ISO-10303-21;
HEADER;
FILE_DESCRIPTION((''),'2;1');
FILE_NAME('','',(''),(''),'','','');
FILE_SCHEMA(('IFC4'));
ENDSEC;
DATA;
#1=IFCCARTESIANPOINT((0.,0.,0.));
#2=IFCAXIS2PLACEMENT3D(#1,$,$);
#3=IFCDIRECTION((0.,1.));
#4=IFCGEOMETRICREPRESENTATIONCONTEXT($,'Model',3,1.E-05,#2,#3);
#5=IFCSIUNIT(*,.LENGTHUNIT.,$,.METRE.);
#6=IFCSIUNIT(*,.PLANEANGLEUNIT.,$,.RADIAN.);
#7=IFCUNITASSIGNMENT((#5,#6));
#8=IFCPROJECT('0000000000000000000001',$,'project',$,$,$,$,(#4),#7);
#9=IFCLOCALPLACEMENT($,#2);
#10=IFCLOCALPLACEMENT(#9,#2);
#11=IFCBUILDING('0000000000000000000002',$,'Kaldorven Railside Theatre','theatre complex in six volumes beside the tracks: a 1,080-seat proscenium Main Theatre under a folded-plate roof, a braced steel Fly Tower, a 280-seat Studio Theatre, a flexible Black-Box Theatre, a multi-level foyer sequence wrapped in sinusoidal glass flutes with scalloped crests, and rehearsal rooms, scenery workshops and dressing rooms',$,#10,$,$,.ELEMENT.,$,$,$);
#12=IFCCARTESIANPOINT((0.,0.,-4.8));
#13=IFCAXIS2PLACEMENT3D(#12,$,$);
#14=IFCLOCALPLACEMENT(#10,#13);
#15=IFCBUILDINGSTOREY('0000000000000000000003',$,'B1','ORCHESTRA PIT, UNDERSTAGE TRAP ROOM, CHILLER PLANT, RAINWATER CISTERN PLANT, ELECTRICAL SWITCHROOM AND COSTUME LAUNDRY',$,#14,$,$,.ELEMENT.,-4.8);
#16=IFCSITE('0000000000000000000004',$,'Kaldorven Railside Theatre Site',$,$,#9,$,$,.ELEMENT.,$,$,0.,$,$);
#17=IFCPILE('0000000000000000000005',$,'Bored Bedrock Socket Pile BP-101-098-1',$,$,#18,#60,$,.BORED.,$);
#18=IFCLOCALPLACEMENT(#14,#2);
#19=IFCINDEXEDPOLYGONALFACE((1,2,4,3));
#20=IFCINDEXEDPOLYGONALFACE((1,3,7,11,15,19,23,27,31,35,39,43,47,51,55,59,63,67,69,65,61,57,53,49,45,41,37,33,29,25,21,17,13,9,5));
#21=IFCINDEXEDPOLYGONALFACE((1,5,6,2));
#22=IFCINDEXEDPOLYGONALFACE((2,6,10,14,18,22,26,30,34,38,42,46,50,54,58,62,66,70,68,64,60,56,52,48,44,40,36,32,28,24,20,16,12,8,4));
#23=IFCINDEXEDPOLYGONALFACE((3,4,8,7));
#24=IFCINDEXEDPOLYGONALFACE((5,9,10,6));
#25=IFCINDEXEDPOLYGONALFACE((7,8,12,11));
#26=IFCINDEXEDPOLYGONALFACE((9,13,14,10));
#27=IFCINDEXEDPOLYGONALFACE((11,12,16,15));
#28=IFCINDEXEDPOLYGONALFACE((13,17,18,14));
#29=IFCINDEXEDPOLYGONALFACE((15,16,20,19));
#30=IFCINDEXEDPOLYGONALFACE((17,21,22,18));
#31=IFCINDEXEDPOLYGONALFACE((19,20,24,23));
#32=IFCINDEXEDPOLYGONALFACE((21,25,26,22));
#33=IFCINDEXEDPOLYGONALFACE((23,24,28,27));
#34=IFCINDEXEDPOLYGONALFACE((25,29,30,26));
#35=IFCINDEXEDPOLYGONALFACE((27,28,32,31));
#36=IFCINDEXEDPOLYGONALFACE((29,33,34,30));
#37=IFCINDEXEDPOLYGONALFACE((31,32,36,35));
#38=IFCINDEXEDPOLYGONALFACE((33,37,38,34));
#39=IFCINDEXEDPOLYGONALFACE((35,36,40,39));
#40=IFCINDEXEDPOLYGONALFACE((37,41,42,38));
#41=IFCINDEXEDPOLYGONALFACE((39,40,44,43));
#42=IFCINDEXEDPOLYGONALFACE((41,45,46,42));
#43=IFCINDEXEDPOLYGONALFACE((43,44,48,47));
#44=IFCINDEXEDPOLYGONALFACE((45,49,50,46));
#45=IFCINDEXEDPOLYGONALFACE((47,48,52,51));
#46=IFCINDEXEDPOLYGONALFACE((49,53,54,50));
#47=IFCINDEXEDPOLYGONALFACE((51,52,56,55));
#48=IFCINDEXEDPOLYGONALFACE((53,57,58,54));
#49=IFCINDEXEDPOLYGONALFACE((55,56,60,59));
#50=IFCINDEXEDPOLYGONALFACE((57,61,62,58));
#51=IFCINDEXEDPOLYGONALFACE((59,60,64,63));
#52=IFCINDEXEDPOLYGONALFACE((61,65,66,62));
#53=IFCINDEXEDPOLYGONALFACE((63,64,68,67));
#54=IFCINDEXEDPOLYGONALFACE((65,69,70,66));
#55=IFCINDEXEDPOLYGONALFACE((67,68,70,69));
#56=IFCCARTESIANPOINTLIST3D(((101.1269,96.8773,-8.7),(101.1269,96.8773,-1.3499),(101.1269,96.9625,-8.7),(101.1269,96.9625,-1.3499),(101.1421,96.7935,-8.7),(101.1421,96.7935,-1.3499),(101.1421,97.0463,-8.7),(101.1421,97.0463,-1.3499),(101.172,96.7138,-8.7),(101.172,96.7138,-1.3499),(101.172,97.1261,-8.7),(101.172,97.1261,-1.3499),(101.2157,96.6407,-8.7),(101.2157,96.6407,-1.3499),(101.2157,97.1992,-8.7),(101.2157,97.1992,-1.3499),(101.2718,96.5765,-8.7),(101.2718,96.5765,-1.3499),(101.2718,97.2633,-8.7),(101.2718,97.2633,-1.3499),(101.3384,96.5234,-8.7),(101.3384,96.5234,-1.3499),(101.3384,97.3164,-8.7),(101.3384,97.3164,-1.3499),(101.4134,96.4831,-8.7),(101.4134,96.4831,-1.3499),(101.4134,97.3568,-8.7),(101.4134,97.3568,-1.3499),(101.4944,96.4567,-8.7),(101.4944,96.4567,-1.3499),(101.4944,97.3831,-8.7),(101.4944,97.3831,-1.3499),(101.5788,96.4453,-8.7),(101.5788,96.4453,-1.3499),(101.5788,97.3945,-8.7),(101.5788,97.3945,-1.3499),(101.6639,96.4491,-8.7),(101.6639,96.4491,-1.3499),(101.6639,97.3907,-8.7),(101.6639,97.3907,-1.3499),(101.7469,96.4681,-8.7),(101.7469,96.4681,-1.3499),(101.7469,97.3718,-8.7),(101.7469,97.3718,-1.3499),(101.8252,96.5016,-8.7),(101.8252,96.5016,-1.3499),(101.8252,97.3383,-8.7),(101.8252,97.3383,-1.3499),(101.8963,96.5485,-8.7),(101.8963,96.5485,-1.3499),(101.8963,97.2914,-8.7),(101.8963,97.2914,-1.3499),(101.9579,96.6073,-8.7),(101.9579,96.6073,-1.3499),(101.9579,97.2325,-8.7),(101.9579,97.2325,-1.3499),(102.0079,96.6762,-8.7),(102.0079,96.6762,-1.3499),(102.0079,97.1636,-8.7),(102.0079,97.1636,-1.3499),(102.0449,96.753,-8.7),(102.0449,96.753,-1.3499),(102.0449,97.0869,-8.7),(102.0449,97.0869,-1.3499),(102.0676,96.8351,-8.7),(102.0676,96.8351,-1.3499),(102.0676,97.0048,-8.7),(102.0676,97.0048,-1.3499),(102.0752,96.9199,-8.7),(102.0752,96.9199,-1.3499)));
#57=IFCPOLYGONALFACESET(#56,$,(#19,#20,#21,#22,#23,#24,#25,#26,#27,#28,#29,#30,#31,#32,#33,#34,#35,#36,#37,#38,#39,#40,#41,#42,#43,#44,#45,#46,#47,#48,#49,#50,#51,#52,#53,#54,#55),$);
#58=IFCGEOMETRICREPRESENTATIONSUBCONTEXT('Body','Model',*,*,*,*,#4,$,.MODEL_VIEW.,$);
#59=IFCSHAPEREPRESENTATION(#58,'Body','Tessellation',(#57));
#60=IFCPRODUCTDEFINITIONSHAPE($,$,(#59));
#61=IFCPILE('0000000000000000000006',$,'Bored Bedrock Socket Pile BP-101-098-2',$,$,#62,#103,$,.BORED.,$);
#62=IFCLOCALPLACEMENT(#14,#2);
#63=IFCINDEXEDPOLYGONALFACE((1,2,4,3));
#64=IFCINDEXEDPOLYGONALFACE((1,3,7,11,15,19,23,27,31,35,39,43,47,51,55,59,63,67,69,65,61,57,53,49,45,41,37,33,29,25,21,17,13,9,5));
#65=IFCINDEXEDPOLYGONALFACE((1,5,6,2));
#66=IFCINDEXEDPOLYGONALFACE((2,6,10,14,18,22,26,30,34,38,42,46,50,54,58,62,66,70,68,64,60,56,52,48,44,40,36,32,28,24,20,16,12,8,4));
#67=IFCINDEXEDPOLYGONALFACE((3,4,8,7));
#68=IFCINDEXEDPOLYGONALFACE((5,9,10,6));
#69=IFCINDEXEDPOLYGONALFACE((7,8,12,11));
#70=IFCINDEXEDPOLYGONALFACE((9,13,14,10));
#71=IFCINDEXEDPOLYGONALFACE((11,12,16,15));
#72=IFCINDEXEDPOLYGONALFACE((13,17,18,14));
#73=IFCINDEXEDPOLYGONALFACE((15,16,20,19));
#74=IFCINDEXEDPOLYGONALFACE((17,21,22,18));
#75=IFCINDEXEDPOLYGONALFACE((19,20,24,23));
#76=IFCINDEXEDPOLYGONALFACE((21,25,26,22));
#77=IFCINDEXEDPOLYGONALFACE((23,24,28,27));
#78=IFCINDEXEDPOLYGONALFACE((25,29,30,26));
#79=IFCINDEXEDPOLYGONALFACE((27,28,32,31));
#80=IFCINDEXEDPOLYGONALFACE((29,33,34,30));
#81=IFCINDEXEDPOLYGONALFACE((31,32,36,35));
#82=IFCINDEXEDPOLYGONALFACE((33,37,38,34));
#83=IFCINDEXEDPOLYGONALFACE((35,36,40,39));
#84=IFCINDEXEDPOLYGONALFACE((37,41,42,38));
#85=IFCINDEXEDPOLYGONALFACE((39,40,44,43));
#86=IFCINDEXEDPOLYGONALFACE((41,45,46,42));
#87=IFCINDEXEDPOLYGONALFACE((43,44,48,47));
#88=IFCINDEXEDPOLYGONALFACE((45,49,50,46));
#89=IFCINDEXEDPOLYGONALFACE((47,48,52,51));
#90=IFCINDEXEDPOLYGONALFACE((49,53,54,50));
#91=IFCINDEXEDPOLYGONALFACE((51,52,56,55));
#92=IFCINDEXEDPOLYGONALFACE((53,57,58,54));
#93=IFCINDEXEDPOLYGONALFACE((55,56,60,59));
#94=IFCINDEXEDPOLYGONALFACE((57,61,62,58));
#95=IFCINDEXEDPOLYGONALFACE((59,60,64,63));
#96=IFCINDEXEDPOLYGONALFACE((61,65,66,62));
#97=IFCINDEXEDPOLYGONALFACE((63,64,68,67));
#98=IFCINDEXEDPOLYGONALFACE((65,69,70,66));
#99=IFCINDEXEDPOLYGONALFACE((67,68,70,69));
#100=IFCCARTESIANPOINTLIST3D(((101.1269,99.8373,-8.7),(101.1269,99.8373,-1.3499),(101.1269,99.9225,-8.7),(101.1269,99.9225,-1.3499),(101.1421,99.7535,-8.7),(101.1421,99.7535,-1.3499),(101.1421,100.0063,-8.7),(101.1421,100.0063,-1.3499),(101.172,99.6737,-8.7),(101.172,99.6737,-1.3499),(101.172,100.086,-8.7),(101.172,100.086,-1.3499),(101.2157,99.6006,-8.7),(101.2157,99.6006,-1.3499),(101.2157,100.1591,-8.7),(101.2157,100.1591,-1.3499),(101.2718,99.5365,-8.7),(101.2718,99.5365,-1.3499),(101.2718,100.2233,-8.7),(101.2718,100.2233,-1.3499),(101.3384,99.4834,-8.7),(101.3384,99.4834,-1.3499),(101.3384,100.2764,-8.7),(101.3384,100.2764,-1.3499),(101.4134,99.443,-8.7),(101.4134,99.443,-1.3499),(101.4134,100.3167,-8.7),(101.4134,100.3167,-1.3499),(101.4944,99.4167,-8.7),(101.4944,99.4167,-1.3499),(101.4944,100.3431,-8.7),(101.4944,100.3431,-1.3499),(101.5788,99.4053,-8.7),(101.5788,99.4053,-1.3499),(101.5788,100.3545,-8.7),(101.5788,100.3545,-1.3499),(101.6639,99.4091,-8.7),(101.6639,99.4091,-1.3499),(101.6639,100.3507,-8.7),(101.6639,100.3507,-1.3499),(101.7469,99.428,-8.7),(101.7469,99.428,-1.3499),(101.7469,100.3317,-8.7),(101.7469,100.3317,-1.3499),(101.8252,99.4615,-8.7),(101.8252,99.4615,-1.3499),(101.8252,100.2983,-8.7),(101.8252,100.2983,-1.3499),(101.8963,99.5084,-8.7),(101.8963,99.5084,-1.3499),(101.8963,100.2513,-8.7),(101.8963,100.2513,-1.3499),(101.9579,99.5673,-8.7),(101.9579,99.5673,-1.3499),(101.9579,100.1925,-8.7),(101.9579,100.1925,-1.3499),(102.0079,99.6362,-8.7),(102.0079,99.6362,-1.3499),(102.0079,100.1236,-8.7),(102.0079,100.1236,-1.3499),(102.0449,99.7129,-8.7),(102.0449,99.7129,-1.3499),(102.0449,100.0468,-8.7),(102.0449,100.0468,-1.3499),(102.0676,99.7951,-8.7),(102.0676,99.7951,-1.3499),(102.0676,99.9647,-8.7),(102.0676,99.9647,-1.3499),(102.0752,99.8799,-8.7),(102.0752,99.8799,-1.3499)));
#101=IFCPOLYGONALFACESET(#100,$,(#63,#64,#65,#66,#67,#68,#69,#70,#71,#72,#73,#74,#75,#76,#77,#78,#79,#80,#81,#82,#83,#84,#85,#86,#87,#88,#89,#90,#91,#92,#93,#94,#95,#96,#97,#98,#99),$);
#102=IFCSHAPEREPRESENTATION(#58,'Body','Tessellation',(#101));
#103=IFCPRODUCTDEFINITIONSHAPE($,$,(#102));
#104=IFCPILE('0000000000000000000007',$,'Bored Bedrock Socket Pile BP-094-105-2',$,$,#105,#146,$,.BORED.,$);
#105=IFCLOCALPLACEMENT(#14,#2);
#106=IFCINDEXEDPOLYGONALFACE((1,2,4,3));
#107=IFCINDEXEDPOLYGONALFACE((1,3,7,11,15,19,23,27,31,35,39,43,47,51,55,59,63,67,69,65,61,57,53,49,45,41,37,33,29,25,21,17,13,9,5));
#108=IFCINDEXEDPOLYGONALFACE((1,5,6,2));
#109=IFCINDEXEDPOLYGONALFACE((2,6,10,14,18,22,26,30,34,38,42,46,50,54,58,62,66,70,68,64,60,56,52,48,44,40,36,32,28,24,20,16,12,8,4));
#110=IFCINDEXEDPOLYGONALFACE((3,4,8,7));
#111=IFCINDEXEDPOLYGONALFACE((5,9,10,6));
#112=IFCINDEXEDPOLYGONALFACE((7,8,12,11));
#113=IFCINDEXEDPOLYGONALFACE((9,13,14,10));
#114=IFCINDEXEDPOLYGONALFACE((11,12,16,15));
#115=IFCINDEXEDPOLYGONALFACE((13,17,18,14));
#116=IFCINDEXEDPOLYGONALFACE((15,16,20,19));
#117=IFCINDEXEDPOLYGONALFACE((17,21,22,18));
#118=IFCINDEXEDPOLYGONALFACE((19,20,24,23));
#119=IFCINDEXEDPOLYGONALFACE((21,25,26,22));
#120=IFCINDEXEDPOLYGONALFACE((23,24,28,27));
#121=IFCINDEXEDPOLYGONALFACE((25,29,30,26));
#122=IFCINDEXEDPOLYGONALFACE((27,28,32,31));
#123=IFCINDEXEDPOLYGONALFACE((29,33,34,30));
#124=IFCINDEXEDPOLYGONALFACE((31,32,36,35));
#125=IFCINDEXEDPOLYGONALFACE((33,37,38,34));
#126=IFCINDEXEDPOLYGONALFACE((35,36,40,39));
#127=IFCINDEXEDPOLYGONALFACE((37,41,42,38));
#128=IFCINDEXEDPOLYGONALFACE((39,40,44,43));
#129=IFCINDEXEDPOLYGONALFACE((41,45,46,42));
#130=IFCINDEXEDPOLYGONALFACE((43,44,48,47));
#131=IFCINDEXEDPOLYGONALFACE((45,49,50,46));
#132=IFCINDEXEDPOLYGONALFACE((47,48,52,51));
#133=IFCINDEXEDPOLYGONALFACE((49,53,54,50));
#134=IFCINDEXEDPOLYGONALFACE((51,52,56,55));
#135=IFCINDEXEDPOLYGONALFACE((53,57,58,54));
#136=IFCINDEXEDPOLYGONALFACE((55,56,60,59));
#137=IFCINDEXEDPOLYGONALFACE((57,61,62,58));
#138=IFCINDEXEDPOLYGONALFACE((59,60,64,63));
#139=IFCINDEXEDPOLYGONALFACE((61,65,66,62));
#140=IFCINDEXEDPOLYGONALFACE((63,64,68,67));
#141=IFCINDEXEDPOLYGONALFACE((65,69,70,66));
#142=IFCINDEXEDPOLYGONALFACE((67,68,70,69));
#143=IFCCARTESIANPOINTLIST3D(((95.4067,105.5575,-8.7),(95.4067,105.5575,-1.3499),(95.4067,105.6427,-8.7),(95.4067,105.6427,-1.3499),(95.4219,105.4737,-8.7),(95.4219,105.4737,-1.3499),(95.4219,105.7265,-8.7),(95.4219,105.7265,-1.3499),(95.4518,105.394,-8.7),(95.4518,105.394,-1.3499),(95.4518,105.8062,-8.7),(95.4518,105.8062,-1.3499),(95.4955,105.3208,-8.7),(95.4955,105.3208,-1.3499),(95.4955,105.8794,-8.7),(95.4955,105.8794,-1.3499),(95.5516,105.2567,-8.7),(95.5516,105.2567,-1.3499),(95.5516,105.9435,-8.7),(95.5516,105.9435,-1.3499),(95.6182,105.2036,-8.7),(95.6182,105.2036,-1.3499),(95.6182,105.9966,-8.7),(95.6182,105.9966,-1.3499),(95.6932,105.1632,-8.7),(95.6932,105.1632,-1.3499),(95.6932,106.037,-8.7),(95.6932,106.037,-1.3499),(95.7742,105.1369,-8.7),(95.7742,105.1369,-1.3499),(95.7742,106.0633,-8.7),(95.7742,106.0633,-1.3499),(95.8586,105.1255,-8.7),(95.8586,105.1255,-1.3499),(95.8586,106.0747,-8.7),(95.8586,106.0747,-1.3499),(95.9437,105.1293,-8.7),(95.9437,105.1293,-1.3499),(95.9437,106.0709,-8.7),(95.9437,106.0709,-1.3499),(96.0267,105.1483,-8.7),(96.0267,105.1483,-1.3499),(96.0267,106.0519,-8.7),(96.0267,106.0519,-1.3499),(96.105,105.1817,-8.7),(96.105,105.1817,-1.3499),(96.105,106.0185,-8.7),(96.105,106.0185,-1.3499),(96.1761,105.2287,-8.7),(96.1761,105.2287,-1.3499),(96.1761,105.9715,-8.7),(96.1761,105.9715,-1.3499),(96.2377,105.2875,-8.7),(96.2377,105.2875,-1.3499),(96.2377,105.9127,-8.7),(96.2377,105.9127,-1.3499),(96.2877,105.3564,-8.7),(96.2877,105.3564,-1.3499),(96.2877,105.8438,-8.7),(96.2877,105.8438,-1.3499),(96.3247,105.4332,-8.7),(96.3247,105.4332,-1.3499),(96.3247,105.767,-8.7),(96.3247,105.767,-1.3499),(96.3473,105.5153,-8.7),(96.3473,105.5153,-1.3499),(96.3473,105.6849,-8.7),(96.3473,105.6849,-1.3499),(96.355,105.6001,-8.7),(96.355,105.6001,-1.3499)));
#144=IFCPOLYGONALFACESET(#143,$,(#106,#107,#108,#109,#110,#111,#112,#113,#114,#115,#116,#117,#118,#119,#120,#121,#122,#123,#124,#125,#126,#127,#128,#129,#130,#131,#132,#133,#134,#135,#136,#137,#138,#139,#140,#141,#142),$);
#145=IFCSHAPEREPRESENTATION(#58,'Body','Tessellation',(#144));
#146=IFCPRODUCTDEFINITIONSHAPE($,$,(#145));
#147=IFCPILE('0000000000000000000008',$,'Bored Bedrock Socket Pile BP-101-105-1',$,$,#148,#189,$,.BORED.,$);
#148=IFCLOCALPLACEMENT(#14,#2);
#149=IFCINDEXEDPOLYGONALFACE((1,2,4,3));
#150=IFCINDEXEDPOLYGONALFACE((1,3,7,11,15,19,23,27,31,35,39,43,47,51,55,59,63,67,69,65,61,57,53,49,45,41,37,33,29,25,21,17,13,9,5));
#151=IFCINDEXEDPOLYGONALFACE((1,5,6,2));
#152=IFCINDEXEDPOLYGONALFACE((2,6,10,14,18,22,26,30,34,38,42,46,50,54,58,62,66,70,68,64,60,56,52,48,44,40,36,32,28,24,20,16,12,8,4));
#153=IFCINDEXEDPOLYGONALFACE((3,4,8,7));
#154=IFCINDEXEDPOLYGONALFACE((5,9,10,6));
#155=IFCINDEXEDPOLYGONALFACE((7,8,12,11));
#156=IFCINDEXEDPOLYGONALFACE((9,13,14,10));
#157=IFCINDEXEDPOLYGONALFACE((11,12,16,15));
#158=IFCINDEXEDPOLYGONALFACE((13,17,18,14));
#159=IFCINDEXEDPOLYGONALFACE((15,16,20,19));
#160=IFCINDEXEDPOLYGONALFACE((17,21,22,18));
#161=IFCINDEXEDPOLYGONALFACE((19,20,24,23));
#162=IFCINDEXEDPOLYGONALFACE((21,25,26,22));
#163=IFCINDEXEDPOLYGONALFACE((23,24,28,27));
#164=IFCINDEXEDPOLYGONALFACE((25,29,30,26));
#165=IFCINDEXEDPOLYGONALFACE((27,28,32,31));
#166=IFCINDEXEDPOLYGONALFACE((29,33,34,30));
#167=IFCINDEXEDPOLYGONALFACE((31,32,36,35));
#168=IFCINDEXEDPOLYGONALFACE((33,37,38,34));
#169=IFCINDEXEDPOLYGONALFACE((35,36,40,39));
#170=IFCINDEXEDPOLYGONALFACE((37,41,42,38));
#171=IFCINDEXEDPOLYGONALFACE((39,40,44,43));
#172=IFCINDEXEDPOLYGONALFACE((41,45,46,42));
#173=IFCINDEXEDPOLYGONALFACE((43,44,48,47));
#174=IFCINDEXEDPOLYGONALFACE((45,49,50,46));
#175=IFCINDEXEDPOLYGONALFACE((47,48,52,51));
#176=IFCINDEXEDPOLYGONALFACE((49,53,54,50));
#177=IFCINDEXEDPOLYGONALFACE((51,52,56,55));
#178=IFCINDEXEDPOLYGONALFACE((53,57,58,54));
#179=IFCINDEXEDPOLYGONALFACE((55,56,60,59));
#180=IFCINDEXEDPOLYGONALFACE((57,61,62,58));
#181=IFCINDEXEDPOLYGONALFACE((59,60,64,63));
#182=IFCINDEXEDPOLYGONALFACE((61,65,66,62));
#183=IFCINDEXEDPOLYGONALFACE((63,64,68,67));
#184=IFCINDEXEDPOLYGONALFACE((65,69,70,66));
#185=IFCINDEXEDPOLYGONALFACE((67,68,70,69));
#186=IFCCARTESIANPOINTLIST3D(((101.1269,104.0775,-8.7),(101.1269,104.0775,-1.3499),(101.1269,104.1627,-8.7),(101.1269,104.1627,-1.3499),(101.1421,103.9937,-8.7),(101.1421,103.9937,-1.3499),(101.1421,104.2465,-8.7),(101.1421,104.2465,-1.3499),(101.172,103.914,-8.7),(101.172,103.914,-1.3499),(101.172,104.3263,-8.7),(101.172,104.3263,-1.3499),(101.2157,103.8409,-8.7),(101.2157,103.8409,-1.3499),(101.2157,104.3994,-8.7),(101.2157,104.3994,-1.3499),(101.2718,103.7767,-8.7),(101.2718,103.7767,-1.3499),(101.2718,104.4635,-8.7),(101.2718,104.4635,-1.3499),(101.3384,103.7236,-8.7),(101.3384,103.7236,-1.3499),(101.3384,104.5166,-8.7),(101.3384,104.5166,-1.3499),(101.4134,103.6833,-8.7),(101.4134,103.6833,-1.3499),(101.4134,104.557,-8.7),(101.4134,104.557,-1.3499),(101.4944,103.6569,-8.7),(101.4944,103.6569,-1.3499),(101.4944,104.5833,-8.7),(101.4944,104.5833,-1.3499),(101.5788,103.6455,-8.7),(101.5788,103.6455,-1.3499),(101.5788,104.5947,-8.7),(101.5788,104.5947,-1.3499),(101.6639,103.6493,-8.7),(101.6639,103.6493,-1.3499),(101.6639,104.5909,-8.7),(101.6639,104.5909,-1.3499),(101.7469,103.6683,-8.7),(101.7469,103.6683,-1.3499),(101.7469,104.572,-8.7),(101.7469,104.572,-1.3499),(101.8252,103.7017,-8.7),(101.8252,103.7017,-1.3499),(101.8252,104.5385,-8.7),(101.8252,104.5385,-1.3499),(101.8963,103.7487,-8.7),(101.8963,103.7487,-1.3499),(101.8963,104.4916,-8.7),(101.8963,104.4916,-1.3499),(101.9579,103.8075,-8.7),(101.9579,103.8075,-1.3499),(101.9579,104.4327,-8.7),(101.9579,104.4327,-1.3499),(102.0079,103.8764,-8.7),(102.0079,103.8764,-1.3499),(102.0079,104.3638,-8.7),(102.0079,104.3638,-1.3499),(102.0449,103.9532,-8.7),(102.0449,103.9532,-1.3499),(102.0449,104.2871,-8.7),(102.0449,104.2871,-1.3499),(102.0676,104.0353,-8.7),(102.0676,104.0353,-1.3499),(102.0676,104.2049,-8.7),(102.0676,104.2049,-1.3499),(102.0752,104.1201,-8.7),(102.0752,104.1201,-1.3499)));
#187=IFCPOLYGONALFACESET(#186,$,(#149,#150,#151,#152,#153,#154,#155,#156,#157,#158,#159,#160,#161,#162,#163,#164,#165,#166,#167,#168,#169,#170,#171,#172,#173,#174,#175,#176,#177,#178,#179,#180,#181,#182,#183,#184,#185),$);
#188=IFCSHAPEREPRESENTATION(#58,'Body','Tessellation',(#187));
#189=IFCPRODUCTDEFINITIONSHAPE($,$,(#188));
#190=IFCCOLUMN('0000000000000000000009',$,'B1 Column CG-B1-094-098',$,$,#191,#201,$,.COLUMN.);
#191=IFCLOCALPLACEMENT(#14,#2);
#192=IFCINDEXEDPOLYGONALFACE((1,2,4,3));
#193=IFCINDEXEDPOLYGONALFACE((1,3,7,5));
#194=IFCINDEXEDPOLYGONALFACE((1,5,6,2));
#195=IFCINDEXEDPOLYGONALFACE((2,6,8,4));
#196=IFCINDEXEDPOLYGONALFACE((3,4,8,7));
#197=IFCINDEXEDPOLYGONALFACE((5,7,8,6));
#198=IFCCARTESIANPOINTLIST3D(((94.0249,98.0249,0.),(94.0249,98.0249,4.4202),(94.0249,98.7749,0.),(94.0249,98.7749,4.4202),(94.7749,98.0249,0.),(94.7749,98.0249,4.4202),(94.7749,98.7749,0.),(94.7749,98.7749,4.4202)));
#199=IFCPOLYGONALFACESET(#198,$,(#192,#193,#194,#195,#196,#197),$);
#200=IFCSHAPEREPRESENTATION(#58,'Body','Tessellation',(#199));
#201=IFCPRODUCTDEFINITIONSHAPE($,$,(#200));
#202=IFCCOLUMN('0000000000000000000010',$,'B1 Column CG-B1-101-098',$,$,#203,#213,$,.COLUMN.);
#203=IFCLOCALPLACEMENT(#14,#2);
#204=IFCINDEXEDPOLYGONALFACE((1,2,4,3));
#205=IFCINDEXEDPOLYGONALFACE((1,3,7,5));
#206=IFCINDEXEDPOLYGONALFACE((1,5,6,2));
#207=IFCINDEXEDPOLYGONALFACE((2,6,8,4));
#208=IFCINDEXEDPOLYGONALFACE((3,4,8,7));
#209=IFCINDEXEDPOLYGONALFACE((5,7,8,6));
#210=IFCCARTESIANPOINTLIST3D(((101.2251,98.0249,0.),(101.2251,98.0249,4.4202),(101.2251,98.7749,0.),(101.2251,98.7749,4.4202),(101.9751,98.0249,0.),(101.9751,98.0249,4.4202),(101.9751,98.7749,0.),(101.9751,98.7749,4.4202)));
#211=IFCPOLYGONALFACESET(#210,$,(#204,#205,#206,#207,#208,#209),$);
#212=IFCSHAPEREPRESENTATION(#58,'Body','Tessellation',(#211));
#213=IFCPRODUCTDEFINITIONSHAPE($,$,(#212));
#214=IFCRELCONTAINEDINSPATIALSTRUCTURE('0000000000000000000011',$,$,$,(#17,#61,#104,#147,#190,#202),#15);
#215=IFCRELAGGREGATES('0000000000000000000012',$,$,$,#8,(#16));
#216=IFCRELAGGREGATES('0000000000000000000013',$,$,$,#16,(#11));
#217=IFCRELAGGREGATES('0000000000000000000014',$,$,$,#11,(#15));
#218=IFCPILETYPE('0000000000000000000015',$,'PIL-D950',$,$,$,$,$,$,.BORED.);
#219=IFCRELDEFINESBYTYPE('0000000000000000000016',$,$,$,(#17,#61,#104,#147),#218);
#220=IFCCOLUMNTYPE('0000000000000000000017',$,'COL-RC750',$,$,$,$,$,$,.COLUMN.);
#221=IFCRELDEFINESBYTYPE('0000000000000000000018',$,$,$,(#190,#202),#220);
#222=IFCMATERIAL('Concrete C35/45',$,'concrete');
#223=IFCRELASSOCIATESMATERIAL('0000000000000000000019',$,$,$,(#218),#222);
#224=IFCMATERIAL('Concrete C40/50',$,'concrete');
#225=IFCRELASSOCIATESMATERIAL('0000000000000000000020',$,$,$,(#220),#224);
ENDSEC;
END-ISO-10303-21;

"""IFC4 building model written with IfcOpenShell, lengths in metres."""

from ifc_helpers import new_model, si_unit, direction, frame, origin, origin_2d, place, context, subcontext, project, spatial, rectangle, circle, extrude, material, material_profile, profile_set, type_object, element, save


model = new_model("IFC4")

# Units and contexts
model_context = context("Model", 3, precision=1e-05, world=origin(), true_north=direction((0.0, 1.0)))
body_context = subcontext(model_context, "Body", "Model", "MODEL_VIEW")
ifc_project = project(units=[si_unit("LENGTHUNIT", "METRE"), si_unit("PLANEANGLEUNIT", "RADIAN")], contexts=[model_context])

# Site, building, storey
site_placement = place(None, origin())
site = spatial("IfcSite", under=ifc_project, at=site_placement, Name="Kaldorven Railside Theatre Site", CompositionType="ELEMENT", RefElevation=0.0)
building_placement = place(site_placement, origin())
building = spatial("IfcBuilding", under=site, at=building_placement, Name="Kaldorven Railside Theatre", Description="theatre complex in six volumes beside the tracks: a 1,080-seat proscenium Main Theatre under a folded-plate roof, a braced steel Fly Tower, a 280-seat Studio Theatre, a flexible Black-Box Theatre, a multi-level foyer sequence wrapped in sinusoidal glass flutes with scalloped crests, and rehearsal rooms, scenery workshops and dressing rooms", CompositionType="ELEMENT")
storey_placement = place(building_placement, frame((0.0, 0.0, -4.8)))
storey = spatial("IfcBuildingStorey", under=building, at=storey_placement, Name="B1", Description="ORCHESTRA PIT, UNDERSTAGE TRAP ROOM, CHILLER PLANT, RAINWATER CISTERN PLANT, ELECTRICAL SWITCHROOM AND COSTUME LAUNDRY", CompositionType="ELEMENT", Elevation=-4.8)

# Shared definitions
ifc_material_1 = material(Name="Concrete C40/50", Category="concrete")

# Piles
ifc_material_2 = material(Name="Concrete C35/45", Category="concrete")
ifc_material_profile_1 = material_profile(ifc_material_2, circle(Radius=0.4751, at=origin_2d()), Name="BP D950")
ifc_profile_set_1 = profile_set([ifc_material_profile_1], Name="Concrete C35/45")
pile_type_1 = type_object("IfcPileType", Name="PIL-D950", PredefinedType="BORED", material=ifc_profile_set_1)
for number, where, z_axis, x_axis, name in (
    (1, (101.6001, 96.9199, -1.3499), (0.0, 0.0, -1.0), (1.0, 0.0, 0.0), "Bored Bedrock Socket Pile BP-101-098-1"),
    (2, (101.6001, 99.8799, -1.3499), (0.0, 0.0, -1.0), (1.0, 0.0, 0.0), "Bored Bedrock Socket Pile BP-101-098-2"),
    (3, (95.8799, 105.6001, -1.3499), (0.0, 0.0, -1.0), (1.0, 0.0, 0.0), "Bored Bedrock Socket Pile BP-094-105-2"),
    (4, (101.6001, 104.1201, -1.3499), (0.0, 0.0, -1.0), (1.0, 0.0, 0.0), "Bored Bedrock Socket Pile BP-101-105-1"),
):
    element("IfcPile", number, at=place(storey_placement, frame(where, z_axis=z_axis, x_axis=x_axis)), inside=storey, type_object=pile_type_1, Name=name, PredefinedType="BORED", context=body_context, shape_type="SweptSolid", body=[
        extrude(circle(Radius=0.4751, at=origin_2d()), origin(), (0.0, 0.0, 1.0), 7.3501),
    ])

# Columns
ifc_material_profile_2 = material_profile(ifc_material_1, rectangle(XDim=0.75, YDim=0.75, at=origin_2d()), Name="RC 750x750")
ifc_profile_set_2 = profile_set([ifc_material_profile_2], Name="Concrete C40/50")
column_type = type_object("IfcColumnType", Name="COL-RC750", PredefinedType="COLUMN", material=ifc_profile_set_2)
for number, where, z_axis, x_axis, name in (
    (5, (94.3999, 98.3999, 0.0), (0.0, 0.0, 1.0), (1.0, 0.0, 0.0), "B1 Column CG-B1-094-098"),
    (6, (101.6001, 98.3999, 0.0), (0.0, 0.0, 1.0), (1.0, 0.0, 0.0), "B1 Column CG-B1-101-098"),
):
    element("IfcColumn", number, at=place(storey_placement, frame(where, z_axis=z_axis, x_axis=x_axis)), inside=storey, type_object=column_type, Name=name, PredefinedType="COLUMN", context=body_context, shape_type="SweptSolid", body=[
        extrude(rectangle(XDim=0.75, YDim=0.75, at=origin_2d()), origin(), (0.0, 0.0, 1.0), 4.4202),
    ])

save(model, "model.ifc")
